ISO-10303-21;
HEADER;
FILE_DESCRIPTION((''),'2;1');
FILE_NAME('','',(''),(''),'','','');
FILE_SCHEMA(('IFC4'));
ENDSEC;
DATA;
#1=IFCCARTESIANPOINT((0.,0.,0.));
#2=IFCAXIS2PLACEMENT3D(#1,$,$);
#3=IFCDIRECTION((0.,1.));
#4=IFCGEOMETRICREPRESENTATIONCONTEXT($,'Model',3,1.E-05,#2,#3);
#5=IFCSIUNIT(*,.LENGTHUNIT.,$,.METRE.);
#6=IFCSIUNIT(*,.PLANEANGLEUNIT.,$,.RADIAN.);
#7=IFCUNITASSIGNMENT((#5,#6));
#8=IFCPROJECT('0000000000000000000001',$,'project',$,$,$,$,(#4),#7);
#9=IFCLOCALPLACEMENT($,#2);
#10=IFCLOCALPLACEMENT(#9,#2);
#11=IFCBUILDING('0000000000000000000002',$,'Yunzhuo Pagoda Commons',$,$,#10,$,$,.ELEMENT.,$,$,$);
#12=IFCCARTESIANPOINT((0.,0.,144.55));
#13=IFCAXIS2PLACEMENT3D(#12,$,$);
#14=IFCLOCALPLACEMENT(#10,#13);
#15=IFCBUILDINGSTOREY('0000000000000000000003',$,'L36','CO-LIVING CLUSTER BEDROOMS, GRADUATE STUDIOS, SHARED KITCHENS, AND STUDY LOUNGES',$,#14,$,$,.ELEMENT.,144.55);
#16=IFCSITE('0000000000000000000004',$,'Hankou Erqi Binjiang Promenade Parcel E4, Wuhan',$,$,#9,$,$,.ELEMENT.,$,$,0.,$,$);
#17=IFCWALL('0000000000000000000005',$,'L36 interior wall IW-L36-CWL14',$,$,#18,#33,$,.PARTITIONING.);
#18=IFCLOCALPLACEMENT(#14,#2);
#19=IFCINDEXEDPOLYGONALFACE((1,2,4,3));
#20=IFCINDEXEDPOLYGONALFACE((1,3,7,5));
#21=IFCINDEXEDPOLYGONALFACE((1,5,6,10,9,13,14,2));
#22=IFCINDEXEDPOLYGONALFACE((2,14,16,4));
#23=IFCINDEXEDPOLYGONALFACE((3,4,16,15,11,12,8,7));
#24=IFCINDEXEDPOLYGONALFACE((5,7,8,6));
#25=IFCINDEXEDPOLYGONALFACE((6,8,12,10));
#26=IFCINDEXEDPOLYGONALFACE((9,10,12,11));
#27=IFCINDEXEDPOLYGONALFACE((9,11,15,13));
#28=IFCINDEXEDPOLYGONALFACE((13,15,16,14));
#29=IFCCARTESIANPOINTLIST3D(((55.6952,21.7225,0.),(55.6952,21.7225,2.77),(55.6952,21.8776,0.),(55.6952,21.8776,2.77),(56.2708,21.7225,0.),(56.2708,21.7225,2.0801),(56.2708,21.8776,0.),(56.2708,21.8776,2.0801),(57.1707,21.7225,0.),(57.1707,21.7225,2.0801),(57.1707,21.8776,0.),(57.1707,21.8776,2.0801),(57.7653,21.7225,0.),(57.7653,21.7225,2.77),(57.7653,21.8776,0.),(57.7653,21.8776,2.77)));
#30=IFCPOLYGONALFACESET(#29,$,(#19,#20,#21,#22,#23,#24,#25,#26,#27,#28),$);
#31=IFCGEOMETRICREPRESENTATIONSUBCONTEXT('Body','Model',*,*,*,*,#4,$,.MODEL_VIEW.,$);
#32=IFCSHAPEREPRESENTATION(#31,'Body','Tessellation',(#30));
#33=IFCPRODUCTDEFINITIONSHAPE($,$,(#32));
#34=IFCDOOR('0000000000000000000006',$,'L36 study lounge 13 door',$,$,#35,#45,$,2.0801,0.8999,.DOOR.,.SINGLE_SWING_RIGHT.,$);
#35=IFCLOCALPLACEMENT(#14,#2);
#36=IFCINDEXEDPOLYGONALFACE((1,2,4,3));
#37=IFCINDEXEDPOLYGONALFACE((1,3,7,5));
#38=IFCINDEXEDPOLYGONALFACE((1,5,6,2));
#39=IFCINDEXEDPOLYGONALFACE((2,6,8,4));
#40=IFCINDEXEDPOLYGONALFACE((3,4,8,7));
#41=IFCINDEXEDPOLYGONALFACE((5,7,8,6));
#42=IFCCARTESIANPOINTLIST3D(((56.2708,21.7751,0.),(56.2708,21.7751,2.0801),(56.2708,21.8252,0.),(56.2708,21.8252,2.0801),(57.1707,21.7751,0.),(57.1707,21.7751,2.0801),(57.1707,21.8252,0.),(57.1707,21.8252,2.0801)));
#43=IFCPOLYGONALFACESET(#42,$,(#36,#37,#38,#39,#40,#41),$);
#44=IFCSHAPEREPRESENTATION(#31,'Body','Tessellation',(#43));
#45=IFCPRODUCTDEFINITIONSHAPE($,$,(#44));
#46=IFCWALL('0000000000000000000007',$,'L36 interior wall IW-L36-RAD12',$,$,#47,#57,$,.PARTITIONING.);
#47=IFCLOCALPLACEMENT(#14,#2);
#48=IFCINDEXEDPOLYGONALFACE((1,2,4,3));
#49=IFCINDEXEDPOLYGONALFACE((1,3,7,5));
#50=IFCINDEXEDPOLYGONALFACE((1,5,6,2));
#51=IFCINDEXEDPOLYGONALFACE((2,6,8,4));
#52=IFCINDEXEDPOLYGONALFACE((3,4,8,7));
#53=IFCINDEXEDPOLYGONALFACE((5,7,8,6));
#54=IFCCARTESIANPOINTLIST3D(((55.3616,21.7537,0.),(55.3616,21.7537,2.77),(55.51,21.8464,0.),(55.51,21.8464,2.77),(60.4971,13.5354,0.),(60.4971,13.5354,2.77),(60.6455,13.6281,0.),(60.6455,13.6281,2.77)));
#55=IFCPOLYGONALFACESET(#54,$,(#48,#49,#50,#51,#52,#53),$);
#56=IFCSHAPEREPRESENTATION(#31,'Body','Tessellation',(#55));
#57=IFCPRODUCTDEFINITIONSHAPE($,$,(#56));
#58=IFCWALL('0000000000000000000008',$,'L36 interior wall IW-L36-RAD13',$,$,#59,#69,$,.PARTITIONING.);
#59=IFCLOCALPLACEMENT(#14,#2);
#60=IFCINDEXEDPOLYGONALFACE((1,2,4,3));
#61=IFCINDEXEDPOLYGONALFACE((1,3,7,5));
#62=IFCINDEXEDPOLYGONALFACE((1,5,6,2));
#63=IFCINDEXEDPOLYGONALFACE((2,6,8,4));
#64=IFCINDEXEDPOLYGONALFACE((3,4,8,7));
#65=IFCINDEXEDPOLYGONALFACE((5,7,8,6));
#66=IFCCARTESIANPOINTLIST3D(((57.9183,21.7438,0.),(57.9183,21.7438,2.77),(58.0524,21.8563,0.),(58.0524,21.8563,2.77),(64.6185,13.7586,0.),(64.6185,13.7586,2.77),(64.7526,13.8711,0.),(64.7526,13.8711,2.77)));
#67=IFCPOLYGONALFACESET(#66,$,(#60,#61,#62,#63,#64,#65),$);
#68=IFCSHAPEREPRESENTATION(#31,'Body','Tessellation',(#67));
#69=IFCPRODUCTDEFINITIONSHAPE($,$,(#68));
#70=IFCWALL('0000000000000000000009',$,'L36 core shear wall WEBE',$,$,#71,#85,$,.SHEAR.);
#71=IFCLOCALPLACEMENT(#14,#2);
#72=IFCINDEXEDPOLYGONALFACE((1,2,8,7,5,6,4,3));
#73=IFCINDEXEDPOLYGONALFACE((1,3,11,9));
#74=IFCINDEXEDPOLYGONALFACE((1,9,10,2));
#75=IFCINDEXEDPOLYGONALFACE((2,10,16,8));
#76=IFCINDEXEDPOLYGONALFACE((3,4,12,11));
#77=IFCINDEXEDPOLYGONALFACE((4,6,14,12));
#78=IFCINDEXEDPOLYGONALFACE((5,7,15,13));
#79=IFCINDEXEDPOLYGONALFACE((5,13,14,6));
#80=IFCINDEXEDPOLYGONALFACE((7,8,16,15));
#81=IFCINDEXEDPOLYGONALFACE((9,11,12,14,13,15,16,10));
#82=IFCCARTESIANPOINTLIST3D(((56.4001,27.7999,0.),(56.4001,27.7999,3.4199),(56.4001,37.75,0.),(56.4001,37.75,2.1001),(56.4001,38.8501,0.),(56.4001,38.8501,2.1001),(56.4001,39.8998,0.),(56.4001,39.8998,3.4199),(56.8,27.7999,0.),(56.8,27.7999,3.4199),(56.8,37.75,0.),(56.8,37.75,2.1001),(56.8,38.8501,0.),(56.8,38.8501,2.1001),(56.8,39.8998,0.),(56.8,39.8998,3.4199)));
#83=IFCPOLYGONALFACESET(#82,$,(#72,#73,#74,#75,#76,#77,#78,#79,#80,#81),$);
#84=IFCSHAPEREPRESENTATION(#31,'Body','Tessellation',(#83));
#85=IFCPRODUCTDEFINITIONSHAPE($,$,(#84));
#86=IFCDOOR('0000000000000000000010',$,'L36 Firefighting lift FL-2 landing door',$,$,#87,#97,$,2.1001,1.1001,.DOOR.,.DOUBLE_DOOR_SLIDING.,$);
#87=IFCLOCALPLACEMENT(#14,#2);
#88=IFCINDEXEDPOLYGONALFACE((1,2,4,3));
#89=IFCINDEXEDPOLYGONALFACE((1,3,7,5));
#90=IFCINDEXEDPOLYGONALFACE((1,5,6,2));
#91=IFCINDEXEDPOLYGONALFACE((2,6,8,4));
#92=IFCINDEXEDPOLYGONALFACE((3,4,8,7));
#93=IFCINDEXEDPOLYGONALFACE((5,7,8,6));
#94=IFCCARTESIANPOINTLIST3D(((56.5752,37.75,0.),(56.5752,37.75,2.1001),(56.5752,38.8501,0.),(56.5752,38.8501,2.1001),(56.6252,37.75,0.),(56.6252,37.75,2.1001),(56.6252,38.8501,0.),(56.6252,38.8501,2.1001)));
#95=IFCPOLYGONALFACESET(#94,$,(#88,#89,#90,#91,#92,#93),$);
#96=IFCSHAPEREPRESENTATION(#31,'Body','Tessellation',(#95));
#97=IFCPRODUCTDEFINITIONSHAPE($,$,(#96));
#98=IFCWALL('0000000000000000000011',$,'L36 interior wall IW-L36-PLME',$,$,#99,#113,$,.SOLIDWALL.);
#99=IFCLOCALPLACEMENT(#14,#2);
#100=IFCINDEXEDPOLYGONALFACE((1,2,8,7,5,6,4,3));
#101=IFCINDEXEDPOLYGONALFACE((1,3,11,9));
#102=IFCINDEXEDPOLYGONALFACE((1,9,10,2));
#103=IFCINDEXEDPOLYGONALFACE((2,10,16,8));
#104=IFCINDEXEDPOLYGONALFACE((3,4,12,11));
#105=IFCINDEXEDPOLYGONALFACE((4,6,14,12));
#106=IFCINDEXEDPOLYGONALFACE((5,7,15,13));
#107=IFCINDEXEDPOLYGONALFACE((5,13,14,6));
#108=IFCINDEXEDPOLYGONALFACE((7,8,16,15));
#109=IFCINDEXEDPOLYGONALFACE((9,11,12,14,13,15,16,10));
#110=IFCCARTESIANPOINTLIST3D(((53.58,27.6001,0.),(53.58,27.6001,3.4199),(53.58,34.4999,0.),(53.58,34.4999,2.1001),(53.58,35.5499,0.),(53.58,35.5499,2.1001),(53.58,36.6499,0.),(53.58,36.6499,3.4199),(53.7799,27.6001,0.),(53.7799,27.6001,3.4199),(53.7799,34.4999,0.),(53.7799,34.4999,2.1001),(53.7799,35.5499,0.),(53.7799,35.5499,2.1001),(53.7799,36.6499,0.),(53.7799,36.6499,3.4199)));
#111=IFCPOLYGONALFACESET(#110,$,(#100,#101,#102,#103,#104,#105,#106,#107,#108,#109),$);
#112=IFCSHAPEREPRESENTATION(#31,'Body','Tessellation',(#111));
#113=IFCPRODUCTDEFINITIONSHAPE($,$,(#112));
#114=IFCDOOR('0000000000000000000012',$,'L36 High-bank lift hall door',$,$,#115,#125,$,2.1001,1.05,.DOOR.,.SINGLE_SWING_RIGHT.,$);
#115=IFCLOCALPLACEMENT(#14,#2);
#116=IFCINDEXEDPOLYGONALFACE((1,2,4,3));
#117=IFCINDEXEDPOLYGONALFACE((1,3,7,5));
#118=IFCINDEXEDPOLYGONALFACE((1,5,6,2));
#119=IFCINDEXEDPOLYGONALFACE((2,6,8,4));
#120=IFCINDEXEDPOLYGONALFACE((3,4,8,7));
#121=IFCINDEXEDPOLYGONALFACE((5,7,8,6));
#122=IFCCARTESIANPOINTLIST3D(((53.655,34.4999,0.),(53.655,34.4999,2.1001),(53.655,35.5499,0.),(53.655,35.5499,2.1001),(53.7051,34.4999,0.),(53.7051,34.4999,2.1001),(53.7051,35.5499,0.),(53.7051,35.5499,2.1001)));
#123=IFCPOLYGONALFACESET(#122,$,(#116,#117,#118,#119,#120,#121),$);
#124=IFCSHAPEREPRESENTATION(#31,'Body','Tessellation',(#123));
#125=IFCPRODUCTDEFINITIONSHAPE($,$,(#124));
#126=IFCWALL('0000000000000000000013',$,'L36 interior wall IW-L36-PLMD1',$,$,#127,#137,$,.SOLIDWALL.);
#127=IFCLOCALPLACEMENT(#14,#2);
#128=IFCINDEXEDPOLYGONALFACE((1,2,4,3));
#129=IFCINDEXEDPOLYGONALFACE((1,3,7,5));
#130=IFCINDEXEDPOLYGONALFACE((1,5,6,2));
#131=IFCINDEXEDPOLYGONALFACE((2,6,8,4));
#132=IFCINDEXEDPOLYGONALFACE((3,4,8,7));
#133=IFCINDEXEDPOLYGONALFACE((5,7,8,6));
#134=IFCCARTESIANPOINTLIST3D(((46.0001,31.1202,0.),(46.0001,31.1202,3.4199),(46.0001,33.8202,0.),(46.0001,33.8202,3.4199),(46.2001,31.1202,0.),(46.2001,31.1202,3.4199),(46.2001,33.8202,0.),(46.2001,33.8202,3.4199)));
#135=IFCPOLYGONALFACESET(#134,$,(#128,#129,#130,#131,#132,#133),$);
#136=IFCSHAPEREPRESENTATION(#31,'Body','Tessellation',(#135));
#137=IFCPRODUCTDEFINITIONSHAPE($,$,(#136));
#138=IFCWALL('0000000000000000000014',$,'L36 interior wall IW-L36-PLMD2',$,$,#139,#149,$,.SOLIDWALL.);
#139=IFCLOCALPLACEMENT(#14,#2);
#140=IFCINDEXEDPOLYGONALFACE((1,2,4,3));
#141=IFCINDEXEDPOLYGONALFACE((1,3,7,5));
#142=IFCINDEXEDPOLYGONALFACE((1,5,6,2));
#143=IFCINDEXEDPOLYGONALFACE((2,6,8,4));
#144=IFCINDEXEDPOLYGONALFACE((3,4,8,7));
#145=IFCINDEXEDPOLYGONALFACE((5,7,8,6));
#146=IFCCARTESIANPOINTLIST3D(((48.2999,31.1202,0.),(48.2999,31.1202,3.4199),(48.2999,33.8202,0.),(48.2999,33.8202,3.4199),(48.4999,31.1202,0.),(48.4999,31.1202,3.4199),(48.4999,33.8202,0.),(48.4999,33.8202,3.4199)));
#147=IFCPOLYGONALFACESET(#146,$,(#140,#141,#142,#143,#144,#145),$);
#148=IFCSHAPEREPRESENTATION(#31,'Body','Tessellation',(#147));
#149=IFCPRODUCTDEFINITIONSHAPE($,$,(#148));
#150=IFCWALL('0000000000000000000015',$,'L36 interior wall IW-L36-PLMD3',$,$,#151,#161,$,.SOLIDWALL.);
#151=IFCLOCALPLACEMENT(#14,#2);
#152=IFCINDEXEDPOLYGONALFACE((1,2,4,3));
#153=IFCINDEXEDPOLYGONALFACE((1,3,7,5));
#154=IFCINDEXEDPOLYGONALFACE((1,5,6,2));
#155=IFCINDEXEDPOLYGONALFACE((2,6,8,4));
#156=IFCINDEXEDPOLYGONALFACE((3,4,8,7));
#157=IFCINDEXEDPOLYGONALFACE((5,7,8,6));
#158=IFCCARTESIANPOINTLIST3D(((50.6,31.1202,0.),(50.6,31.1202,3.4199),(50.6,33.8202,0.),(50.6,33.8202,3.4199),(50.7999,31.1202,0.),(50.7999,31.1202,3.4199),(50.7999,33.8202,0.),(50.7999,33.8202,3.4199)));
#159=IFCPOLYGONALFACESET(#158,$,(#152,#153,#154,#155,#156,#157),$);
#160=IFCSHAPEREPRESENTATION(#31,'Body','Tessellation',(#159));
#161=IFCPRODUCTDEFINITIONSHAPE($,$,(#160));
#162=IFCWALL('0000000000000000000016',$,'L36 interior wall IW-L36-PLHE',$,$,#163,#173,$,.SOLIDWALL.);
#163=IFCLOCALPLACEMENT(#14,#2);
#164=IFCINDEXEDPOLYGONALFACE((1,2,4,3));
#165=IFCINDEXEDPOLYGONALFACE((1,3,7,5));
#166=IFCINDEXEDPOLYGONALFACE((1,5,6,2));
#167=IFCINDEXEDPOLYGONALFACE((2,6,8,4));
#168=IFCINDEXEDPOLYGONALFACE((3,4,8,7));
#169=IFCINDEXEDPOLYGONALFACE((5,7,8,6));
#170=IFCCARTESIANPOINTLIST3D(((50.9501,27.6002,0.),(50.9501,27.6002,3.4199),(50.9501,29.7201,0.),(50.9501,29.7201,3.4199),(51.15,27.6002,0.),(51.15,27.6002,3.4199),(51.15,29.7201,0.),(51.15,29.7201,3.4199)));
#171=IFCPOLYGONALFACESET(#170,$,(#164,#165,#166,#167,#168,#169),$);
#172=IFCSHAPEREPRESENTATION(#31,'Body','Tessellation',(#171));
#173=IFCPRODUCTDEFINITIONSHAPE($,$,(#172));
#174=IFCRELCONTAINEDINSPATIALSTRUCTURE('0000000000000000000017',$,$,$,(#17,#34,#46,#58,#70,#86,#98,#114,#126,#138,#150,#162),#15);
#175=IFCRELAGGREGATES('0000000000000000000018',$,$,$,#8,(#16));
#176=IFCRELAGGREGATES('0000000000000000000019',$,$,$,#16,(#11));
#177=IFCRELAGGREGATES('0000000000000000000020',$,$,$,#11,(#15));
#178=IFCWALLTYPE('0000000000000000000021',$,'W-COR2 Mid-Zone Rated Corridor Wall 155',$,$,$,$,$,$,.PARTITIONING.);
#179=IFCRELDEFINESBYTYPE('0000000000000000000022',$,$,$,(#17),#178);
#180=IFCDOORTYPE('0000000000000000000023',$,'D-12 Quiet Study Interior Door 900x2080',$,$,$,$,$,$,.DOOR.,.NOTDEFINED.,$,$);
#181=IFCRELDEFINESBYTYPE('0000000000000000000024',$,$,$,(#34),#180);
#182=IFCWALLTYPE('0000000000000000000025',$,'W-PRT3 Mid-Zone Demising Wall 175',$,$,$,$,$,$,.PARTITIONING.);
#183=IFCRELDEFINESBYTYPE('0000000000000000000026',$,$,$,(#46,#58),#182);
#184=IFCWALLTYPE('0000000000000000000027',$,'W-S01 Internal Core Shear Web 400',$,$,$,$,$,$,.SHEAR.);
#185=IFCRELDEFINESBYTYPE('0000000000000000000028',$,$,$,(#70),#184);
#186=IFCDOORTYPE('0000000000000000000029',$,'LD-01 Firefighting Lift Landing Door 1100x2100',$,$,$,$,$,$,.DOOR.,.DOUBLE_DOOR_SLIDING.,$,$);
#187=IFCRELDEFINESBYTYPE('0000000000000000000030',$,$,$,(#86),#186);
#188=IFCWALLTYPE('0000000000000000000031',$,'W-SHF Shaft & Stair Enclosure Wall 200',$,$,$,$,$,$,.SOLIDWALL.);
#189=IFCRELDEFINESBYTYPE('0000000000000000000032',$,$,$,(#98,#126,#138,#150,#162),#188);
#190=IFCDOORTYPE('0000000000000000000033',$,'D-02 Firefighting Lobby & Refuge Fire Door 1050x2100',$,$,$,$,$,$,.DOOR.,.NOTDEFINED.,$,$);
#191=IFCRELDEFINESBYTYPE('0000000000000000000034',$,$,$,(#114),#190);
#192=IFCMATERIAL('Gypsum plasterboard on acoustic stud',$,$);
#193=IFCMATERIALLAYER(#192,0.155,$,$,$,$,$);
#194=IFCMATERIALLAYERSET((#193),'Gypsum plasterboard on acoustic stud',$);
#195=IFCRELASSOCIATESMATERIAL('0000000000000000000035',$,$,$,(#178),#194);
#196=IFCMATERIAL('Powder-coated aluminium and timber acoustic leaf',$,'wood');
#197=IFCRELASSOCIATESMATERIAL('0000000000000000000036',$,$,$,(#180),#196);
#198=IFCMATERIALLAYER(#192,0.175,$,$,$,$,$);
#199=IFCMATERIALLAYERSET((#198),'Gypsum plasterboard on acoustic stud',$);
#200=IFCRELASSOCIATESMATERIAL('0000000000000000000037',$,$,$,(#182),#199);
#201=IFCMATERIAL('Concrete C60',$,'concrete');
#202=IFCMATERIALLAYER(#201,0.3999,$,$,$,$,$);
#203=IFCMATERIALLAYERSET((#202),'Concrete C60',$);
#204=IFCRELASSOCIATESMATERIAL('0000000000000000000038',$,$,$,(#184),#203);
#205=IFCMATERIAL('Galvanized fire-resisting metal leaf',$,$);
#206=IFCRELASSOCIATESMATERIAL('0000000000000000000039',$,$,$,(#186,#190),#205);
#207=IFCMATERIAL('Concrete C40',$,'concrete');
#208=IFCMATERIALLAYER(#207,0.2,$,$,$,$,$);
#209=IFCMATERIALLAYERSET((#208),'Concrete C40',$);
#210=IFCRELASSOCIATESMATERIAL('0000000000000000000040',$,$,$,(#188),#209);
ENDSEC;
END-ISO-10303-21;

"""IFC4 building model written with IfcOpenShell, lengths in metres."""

from ifc_helpers import new_model, si_unit, direction, frame, frame_2d, origin, origin_with_axes, place, context, subcontext, project, spatial, rectangle, extrude, source, transform, mapped, material, layer, layer_set, type_object, element, fill, save


model = new_model("IFC4")

# Units and contexts
model_context = context("Model", 3, precision=1e-05, world=origin(), true_north=direction((0.0, 1.0)))
body_context = subcontext(model_context, "Body", "Model", "MODEL_VIEW")
ifc_project = project(units=[si_unit("LENGTHUNIT", "METRE"), si_unit("PLANEANGLEUNIT", "RADIAN")], contexts=[model_context])

# Site, building, storey
site_placement = place(None, origin())
site = spatial("IfcSite", under=ifc_project, at=site_placement, Name="Hankou Erqi Binjiang Promenade Parcel E4, Wuhan", CompositionType="ELEMENT", RefElevation=0.0)
building_placement = place(site_placement, origin())
building = spatial("IfcBuilding", under=site, at=building_placement, Name="Yunzhuo Pagoda Commons", CompositionType="ELEMENT")
storey_placement = place(building_placement, frame((0.0, 0.0, 144.55)))
storey = spatial("IfcBuildingStorey", under=building, at=storey_placement, Name="L36", Description="CO-LIVING CLUSTER BEDROOMS, GRADUATE STUDIOS, SHARED KITCHENS, AND STUDY LOUNGES", CompositionType="ELEMENT", Elevation=144.55)

# Wall, opening, door
ifc_material_1 = material(Name="Gypsum plasterboard on acoustic stud")
ifc_layer_1 = layer(ifc_material_1, 0.155)
ifc_layer_set_1 = layer_set([ifc_layer_1], Name="Gypsum plasterboard on acoustic stud")
wall_type_1 = type_object("IfcWallType", Name="W-COR2 Mid-Zone Rated Corridor Wall 155", PredefinedType="PARTITIONING", material=ifc_layer_set_1)
ifc_material_2 = material(Name="Galvanized fire-resisting metal leaf")
wall_1_placement = place(storey_placement, frame((57.7654, 21.8, 0.0), z_axis=(0.0, 0.0, 1.0), x_axis=(-1.0, 0.0, 0.0)))
wall_1 = element("IfcWall", 1, at=wall_1_placement, inside=storey, type_object=wall_type_1, Name="L36 interior wall IW-L36-CWL14", PredefinedType="PARTITIONING", context=body_context, shape_type="SweptSolid", body=[
    extrude(rectangle(XDim=2.0701, YDim=0.155, at=frame_2d((1.0352, 0.0))), origin(), (0.0, 0.0, 1.0), 2.77),
])
opening_1_placement = place(wall_1_placement, frame((0.5947, 0.0, 0.0)))
opening_1 = element("IfcOpeningElement", 2, at=opening_1_placement, cuts=wall_1, PredefinedType="OPENING", context=body_context, shape_type="SweptSolid", body=[
    extrude(rectangle(XDim=0.8999, YDim=2.0801, at=frame_2d((0.45, 1.04))), frame((0.0, 0.0874, 0.0), z_axis=(0.0, -1.0, 0.0), x_axis=(1.0, 0.0, 0.0)), (0.0, 0.0, 1.0), 0.175),
])
ifc_material_3 = material(Name="Powder-coated aluminium and timber acoustic leaf", Category="wood")
door_type_1 = type_object("IfcDoorType", Name="D-12 Quiet Study Interior Door 900x2080", OperationType="NOTDEFINED", PredefinedType="DOOR", material=ifc_material_3)
shared_shape_1 = source(origin(), body_context, "Body", "SweptSolid", [
    extrude(rectangle(XDim=0.8999, YDim=2.0801, at=frame_2d((0.45, 1.04))), frame((0.0, 0.0249, 0.0), z_axis=(0.0, -1.0, 0.0), x_axis=(1.0, 0.0, 0.0)), (0.0, 0.0, 1.0), 0.05),
])
door_1_placement = place(opening_1_placement, origin_with_axes())
door_1 = element("IfcDoor", 3, at=door_1_placement, inside=storey, type_object=door_type_1, Name="L36 study lounge 13 door", OperationType="SINGLE_SWING_RIGHT", OverallHeight=2.0801, OverallWidth=0.8999, PredefinedType="DOOR", context=body_context, shape_type="MappedRepresentation", body=[
    mapped(shared_shape_1, transform((0.0, 0.0, 0.0), scale=1.0)),
])
fill(opening_1, door_1)

# Walls
ifc_layer_2 = layer(ifc_material_1, 0.175)
ifc_layer_set_2 = layer_set([ifc_layer_2], Name="Gypsum plasterboard on acoustic stud")
wall_type_2 = type_object("IfcWallType", Name="W-PRT3 Mid-Zone Demising Wall 175", PredefinedType="PARTITIONING", material=ifc_layer_set_2)
wall_2_placement = place(storey_placement, frame((55.4358, 21.8, 0.0), z_axis=(0.0, 0.0, 1.0), x_axis=(0.529931, -0.848041, 0.0)))
element("IfcWall", 4, at=wall_2_placement, inside=storey, type_object=wall_type_2, Name="L36 interior wall IW-L36-RAD12", PredefinedType="PARTITIONING", context=body_context, shape_type="SweptSolid", body=[
    extrude(rectangle(XDim=9.6909, YDim=0.175, at=frame_2d((4.8455, 0.0))), origin(), (0.0, 0.0, 1.0), 2.77),
])
wall_3_placement = place(storey_placement, frame((57.9854, 21.8, 0.0), z_axis=(0.0, 0.0, 1.0), x_axis=(0.642782, -0.766049, 0.0)))
element("IfcWall", 5, at=wall_3_placement, inside=storey, type_object=wall_type_2, Name="L36 interior wall IW-L36-RAD13", PredefinedType="PARTITIONING", context=body_context, shape_type="SweptSolid", body=[
    extrude(rectangle(XDim=10.4238, YDim=0.175, at=frame_2d((5.2119, 0.0))), origin(), (0.0, 0.0, 1.0), 2.77),
])

# Walls, openings, doors
ifc_material_4 = material(Name="Concrete C60", Category="concrete")
ifc_layer_3 = layer(ifc_material_4, 0.3999)
ifc_layer_set_3 = layer_set([ifc_layer_3], Name="Concrete C60")
wall_type_3 = type_object("IfcWallType", Name="W-S01 Internal Core Shear Web 400", PredefinedType="SHEAR", material=ifc_layer_set_3)
wall_4_placement = place(storey_placement, frame((56.6001, 27.8, 0.0), z_axis=(0.0, 0.0, 1.0), x_axis=(0.0, 1.0, 0.0)))
wall_4 = element("IfcWall", 6, at=wall_4_placement, inside=storey, type_object=wall_type_3, Name="L36 core shear wall WEBE", PredefinedType="SHEAR", context=body_context, shape_type="SweptSolid", body=[
    extrude(rectangle(XDim=12.0999, YDim=0.3999, at=frame_2d((6.0498, 0.0))), origin(), (0.0, 0.0, 1.0), 3.4199),
])
opening_2_placement = place(wall_4_placement, frame((9.95, 0.0, 0.0)))
opening_2 = element("IfcOpeningElement", 7, at=opening_2_placement, cuts=wall_4, PredefinedType="OPENING", context=body_context, shape_type="SweptSolid", body=[
    extrude(rectangle(XDim=1.1001, YDim=2.1001, at=frame_2d((0.55, 1.05))), frame((0.0, 0.21, 0.0), z_axis=(0.0, -1.0, 0.0), x_axis=(1.0, 0.0, 0.0)), (0.0, 0.0, 1.0), 0.4199),
])
door_type_2 = type_object("IfcDoorType", Name="LD-01 Firefighting Lift Landing Door 1100x2100", OperationType="DOUBLE_DOOR_SLIDING", PredefinedType="DOOR", material=ifc_material_2)
shared_shape_2 = source(origin(), body_context, "Body", "SweptSolid", [
    extrude(rectangle(XDim=1.1001, YDim=2.1001, at=frame_2d((0.55, 1.05))), frame((0.0, 0.0249, 0.0), z_axis=(0.0, -1.0, 0.0), x_axis=(1.0, 0.0, 0.0)), (0.0, 0.0, 1.0), 0.05),
])
door_2_placement = place(opening_2_placement, origin_with_axes())
door_2 = element("IfcDoor", 8, at=door_2_placement, inside=storey, type_object=door_type_2, Name="L36 Firefighting lift FL-2 landing door", OperationType="DOUBLE_DOOR_SLIDING", OverallHeight=2.1001, OverallWidth=1.1001, PredefinedType="DOOR", context=body_context, shape_type="MappedRepresentation", body=[
    mapped(shared_shape_2, transform((0.0, 0.0, 0.0), scale=1.0)),
])
fill(opening_2, door_2)
ifc_material_5 = material(Name="Concrete C40", Category="concrete")
ifc_layer_4 = layer(ifc_material_5, 0.2)
ifc_layer_set_4 = layer_set([ifc_layer_4], Name="Concrete C40")
wall_type_4 = type_object("IfcWallType", Name="W-SHF Shaft & Stair Enclosure Wall 200", PredefinedType="SOLIDWALL", material=ifc_layer_set_4)
wall_5_placement = place(storey_placement, frame((53.6799, 27.6001, 0.0), z_axis=(0.0, 0.0, 1.0), x_axis=(0.0, 1.0, 0.0)))
wall_5 = element("IfcWall", 9, at=wall_5_placement, inside=storey, type_object=wall_type_4, Name="L36 interior wall IW-L36-PLME", PredefinedType="SOLIDWALL", context=body_context, shape_type="SweptSolid", body=[
    extrude(rectangle(XDim=9.0498, YDim=0.2, at=frame_2d((4.5249, 0.0))), origin(), (0.0, 0.0, 1.0), 3.4199),
])
opening_3_placement = place(wall_5_placement, frame((6.8999, 0.0, 0.0)))
opening_3 = element("IfcOpeningElement", 10, at=opening_3_placement, cuts=wall_5, PredefinedType="OPENING", context=body_context, shape_type="SweptSolid", body=[
    extrude(rectangle(XDim=1.05, YDim=2.1001, at=frame_2d((0.5249, 1.05))), frame((0.0, 0.1099, 0.0), z_axis=(0.0, -1.0, 0.0), x_axis=(1.0, 0.0, 0.0)), (0.0, 0.0, 1.0), 0.22),
])
door_type_3 = type_object("IfcDoorType", Name="D-02 Firefighting Lobby & Refuge Fire Door 1050x2100", OperationType="NOTDEFINED", PredefinedType="DOOR", material=ifc_material_2)
shared_shape_3 = source(origin(), body_context, "Body", "SweptSolid", [
    extrude(rectangle(XDim=1.05, YDim=2.1001, at=frame_2d((0.5249, 1.05))), frame((0.0, 0.0249, 0.0), z_axis=(0.0, -1.0, 0.0), x_axis=(1.0, 0.0, 0.0)), (0.0, 0.0, 1.0), 0.05),
])
door_3_placement = place(opening_3_placement, origin_with_axes())
door_3 = element("IfcDoor", 11, at=door_3_placement, inside=storey, type_object=door_type_3, Name="L36 High-bank lift hall door", OperationType="SINGLE_SWING_RIGHT", OverallHeight=2.1001, OverallWidth=1.05, PredefinedType="DOOR", context=body_context, shape_type="MappedRepresentation", body=[
    mapped(shared_shape_3, transform((0.0, 0.0, 0.0), scale=1.0)),
])
fill(opening_3, door_3)

# Walls
for number, where, z_axis, x_axis, name in (
    (12, (46.1001, 31.1201, 0.0), (0.0, 0.0, 1.0), (0.0, 1.0, 0.0), "L36 interior wall IW-L36-PLMD1"),
    (13, (48.3999, 31.1201, 0.0), (0.0, 0.0, 1.0), (0.0, 1.0, 0.0), "L36 interior wall IW-L36-PLMD2"),
    (14, (50.7, 31.1201, 0.0), (0.0, 0.0, 1.0), (0.0, 1.0, 0.0), "L36 interior wall IW-L36-PLMD3"),
):
    element("IfcWall", number, at=place(storey_placement, frame(where, z_axis=z_axis, x_axis=x_axis)), inside=storey, type_object=wall_type_4, Name=name, PredefinedType="SOLIDWALL", context=body_context, shape_type="SweptSolid", body=[
        extrude(rectangle(XDim=2.7, YDim=0.2, at=frame_2d((1.3501, 0.0))), origin(), (0.0, 0.0, 1.0), 3.4199),
    ])
for number, where, z_axis, x_axis, name in (
    (15, (51.05, 27.6001, 0.0), (0.0, 0.0, 1.0), (0.0, 1.0, 0.0), "L36 interior wall IW-L36-PLHE"),
):
    element("IfcWall", number, at=place(storey_placement, frame(where, z_axis=z_axis, x_axis=x_axis)), inside=storey, type_object=wall_type_4, Name=name, PredefinedType="SOLIDWALL", context=body_context, shape_type="SweptSolid", body=[
        extrude(rectangle(XDim=2.1199, YDim=0.2, at=frame_2d((1.0601, 0.0))), origin(), (0.0, 0.0, 1.0), 3.4199),
    ])

save(model, "model.ifc")
